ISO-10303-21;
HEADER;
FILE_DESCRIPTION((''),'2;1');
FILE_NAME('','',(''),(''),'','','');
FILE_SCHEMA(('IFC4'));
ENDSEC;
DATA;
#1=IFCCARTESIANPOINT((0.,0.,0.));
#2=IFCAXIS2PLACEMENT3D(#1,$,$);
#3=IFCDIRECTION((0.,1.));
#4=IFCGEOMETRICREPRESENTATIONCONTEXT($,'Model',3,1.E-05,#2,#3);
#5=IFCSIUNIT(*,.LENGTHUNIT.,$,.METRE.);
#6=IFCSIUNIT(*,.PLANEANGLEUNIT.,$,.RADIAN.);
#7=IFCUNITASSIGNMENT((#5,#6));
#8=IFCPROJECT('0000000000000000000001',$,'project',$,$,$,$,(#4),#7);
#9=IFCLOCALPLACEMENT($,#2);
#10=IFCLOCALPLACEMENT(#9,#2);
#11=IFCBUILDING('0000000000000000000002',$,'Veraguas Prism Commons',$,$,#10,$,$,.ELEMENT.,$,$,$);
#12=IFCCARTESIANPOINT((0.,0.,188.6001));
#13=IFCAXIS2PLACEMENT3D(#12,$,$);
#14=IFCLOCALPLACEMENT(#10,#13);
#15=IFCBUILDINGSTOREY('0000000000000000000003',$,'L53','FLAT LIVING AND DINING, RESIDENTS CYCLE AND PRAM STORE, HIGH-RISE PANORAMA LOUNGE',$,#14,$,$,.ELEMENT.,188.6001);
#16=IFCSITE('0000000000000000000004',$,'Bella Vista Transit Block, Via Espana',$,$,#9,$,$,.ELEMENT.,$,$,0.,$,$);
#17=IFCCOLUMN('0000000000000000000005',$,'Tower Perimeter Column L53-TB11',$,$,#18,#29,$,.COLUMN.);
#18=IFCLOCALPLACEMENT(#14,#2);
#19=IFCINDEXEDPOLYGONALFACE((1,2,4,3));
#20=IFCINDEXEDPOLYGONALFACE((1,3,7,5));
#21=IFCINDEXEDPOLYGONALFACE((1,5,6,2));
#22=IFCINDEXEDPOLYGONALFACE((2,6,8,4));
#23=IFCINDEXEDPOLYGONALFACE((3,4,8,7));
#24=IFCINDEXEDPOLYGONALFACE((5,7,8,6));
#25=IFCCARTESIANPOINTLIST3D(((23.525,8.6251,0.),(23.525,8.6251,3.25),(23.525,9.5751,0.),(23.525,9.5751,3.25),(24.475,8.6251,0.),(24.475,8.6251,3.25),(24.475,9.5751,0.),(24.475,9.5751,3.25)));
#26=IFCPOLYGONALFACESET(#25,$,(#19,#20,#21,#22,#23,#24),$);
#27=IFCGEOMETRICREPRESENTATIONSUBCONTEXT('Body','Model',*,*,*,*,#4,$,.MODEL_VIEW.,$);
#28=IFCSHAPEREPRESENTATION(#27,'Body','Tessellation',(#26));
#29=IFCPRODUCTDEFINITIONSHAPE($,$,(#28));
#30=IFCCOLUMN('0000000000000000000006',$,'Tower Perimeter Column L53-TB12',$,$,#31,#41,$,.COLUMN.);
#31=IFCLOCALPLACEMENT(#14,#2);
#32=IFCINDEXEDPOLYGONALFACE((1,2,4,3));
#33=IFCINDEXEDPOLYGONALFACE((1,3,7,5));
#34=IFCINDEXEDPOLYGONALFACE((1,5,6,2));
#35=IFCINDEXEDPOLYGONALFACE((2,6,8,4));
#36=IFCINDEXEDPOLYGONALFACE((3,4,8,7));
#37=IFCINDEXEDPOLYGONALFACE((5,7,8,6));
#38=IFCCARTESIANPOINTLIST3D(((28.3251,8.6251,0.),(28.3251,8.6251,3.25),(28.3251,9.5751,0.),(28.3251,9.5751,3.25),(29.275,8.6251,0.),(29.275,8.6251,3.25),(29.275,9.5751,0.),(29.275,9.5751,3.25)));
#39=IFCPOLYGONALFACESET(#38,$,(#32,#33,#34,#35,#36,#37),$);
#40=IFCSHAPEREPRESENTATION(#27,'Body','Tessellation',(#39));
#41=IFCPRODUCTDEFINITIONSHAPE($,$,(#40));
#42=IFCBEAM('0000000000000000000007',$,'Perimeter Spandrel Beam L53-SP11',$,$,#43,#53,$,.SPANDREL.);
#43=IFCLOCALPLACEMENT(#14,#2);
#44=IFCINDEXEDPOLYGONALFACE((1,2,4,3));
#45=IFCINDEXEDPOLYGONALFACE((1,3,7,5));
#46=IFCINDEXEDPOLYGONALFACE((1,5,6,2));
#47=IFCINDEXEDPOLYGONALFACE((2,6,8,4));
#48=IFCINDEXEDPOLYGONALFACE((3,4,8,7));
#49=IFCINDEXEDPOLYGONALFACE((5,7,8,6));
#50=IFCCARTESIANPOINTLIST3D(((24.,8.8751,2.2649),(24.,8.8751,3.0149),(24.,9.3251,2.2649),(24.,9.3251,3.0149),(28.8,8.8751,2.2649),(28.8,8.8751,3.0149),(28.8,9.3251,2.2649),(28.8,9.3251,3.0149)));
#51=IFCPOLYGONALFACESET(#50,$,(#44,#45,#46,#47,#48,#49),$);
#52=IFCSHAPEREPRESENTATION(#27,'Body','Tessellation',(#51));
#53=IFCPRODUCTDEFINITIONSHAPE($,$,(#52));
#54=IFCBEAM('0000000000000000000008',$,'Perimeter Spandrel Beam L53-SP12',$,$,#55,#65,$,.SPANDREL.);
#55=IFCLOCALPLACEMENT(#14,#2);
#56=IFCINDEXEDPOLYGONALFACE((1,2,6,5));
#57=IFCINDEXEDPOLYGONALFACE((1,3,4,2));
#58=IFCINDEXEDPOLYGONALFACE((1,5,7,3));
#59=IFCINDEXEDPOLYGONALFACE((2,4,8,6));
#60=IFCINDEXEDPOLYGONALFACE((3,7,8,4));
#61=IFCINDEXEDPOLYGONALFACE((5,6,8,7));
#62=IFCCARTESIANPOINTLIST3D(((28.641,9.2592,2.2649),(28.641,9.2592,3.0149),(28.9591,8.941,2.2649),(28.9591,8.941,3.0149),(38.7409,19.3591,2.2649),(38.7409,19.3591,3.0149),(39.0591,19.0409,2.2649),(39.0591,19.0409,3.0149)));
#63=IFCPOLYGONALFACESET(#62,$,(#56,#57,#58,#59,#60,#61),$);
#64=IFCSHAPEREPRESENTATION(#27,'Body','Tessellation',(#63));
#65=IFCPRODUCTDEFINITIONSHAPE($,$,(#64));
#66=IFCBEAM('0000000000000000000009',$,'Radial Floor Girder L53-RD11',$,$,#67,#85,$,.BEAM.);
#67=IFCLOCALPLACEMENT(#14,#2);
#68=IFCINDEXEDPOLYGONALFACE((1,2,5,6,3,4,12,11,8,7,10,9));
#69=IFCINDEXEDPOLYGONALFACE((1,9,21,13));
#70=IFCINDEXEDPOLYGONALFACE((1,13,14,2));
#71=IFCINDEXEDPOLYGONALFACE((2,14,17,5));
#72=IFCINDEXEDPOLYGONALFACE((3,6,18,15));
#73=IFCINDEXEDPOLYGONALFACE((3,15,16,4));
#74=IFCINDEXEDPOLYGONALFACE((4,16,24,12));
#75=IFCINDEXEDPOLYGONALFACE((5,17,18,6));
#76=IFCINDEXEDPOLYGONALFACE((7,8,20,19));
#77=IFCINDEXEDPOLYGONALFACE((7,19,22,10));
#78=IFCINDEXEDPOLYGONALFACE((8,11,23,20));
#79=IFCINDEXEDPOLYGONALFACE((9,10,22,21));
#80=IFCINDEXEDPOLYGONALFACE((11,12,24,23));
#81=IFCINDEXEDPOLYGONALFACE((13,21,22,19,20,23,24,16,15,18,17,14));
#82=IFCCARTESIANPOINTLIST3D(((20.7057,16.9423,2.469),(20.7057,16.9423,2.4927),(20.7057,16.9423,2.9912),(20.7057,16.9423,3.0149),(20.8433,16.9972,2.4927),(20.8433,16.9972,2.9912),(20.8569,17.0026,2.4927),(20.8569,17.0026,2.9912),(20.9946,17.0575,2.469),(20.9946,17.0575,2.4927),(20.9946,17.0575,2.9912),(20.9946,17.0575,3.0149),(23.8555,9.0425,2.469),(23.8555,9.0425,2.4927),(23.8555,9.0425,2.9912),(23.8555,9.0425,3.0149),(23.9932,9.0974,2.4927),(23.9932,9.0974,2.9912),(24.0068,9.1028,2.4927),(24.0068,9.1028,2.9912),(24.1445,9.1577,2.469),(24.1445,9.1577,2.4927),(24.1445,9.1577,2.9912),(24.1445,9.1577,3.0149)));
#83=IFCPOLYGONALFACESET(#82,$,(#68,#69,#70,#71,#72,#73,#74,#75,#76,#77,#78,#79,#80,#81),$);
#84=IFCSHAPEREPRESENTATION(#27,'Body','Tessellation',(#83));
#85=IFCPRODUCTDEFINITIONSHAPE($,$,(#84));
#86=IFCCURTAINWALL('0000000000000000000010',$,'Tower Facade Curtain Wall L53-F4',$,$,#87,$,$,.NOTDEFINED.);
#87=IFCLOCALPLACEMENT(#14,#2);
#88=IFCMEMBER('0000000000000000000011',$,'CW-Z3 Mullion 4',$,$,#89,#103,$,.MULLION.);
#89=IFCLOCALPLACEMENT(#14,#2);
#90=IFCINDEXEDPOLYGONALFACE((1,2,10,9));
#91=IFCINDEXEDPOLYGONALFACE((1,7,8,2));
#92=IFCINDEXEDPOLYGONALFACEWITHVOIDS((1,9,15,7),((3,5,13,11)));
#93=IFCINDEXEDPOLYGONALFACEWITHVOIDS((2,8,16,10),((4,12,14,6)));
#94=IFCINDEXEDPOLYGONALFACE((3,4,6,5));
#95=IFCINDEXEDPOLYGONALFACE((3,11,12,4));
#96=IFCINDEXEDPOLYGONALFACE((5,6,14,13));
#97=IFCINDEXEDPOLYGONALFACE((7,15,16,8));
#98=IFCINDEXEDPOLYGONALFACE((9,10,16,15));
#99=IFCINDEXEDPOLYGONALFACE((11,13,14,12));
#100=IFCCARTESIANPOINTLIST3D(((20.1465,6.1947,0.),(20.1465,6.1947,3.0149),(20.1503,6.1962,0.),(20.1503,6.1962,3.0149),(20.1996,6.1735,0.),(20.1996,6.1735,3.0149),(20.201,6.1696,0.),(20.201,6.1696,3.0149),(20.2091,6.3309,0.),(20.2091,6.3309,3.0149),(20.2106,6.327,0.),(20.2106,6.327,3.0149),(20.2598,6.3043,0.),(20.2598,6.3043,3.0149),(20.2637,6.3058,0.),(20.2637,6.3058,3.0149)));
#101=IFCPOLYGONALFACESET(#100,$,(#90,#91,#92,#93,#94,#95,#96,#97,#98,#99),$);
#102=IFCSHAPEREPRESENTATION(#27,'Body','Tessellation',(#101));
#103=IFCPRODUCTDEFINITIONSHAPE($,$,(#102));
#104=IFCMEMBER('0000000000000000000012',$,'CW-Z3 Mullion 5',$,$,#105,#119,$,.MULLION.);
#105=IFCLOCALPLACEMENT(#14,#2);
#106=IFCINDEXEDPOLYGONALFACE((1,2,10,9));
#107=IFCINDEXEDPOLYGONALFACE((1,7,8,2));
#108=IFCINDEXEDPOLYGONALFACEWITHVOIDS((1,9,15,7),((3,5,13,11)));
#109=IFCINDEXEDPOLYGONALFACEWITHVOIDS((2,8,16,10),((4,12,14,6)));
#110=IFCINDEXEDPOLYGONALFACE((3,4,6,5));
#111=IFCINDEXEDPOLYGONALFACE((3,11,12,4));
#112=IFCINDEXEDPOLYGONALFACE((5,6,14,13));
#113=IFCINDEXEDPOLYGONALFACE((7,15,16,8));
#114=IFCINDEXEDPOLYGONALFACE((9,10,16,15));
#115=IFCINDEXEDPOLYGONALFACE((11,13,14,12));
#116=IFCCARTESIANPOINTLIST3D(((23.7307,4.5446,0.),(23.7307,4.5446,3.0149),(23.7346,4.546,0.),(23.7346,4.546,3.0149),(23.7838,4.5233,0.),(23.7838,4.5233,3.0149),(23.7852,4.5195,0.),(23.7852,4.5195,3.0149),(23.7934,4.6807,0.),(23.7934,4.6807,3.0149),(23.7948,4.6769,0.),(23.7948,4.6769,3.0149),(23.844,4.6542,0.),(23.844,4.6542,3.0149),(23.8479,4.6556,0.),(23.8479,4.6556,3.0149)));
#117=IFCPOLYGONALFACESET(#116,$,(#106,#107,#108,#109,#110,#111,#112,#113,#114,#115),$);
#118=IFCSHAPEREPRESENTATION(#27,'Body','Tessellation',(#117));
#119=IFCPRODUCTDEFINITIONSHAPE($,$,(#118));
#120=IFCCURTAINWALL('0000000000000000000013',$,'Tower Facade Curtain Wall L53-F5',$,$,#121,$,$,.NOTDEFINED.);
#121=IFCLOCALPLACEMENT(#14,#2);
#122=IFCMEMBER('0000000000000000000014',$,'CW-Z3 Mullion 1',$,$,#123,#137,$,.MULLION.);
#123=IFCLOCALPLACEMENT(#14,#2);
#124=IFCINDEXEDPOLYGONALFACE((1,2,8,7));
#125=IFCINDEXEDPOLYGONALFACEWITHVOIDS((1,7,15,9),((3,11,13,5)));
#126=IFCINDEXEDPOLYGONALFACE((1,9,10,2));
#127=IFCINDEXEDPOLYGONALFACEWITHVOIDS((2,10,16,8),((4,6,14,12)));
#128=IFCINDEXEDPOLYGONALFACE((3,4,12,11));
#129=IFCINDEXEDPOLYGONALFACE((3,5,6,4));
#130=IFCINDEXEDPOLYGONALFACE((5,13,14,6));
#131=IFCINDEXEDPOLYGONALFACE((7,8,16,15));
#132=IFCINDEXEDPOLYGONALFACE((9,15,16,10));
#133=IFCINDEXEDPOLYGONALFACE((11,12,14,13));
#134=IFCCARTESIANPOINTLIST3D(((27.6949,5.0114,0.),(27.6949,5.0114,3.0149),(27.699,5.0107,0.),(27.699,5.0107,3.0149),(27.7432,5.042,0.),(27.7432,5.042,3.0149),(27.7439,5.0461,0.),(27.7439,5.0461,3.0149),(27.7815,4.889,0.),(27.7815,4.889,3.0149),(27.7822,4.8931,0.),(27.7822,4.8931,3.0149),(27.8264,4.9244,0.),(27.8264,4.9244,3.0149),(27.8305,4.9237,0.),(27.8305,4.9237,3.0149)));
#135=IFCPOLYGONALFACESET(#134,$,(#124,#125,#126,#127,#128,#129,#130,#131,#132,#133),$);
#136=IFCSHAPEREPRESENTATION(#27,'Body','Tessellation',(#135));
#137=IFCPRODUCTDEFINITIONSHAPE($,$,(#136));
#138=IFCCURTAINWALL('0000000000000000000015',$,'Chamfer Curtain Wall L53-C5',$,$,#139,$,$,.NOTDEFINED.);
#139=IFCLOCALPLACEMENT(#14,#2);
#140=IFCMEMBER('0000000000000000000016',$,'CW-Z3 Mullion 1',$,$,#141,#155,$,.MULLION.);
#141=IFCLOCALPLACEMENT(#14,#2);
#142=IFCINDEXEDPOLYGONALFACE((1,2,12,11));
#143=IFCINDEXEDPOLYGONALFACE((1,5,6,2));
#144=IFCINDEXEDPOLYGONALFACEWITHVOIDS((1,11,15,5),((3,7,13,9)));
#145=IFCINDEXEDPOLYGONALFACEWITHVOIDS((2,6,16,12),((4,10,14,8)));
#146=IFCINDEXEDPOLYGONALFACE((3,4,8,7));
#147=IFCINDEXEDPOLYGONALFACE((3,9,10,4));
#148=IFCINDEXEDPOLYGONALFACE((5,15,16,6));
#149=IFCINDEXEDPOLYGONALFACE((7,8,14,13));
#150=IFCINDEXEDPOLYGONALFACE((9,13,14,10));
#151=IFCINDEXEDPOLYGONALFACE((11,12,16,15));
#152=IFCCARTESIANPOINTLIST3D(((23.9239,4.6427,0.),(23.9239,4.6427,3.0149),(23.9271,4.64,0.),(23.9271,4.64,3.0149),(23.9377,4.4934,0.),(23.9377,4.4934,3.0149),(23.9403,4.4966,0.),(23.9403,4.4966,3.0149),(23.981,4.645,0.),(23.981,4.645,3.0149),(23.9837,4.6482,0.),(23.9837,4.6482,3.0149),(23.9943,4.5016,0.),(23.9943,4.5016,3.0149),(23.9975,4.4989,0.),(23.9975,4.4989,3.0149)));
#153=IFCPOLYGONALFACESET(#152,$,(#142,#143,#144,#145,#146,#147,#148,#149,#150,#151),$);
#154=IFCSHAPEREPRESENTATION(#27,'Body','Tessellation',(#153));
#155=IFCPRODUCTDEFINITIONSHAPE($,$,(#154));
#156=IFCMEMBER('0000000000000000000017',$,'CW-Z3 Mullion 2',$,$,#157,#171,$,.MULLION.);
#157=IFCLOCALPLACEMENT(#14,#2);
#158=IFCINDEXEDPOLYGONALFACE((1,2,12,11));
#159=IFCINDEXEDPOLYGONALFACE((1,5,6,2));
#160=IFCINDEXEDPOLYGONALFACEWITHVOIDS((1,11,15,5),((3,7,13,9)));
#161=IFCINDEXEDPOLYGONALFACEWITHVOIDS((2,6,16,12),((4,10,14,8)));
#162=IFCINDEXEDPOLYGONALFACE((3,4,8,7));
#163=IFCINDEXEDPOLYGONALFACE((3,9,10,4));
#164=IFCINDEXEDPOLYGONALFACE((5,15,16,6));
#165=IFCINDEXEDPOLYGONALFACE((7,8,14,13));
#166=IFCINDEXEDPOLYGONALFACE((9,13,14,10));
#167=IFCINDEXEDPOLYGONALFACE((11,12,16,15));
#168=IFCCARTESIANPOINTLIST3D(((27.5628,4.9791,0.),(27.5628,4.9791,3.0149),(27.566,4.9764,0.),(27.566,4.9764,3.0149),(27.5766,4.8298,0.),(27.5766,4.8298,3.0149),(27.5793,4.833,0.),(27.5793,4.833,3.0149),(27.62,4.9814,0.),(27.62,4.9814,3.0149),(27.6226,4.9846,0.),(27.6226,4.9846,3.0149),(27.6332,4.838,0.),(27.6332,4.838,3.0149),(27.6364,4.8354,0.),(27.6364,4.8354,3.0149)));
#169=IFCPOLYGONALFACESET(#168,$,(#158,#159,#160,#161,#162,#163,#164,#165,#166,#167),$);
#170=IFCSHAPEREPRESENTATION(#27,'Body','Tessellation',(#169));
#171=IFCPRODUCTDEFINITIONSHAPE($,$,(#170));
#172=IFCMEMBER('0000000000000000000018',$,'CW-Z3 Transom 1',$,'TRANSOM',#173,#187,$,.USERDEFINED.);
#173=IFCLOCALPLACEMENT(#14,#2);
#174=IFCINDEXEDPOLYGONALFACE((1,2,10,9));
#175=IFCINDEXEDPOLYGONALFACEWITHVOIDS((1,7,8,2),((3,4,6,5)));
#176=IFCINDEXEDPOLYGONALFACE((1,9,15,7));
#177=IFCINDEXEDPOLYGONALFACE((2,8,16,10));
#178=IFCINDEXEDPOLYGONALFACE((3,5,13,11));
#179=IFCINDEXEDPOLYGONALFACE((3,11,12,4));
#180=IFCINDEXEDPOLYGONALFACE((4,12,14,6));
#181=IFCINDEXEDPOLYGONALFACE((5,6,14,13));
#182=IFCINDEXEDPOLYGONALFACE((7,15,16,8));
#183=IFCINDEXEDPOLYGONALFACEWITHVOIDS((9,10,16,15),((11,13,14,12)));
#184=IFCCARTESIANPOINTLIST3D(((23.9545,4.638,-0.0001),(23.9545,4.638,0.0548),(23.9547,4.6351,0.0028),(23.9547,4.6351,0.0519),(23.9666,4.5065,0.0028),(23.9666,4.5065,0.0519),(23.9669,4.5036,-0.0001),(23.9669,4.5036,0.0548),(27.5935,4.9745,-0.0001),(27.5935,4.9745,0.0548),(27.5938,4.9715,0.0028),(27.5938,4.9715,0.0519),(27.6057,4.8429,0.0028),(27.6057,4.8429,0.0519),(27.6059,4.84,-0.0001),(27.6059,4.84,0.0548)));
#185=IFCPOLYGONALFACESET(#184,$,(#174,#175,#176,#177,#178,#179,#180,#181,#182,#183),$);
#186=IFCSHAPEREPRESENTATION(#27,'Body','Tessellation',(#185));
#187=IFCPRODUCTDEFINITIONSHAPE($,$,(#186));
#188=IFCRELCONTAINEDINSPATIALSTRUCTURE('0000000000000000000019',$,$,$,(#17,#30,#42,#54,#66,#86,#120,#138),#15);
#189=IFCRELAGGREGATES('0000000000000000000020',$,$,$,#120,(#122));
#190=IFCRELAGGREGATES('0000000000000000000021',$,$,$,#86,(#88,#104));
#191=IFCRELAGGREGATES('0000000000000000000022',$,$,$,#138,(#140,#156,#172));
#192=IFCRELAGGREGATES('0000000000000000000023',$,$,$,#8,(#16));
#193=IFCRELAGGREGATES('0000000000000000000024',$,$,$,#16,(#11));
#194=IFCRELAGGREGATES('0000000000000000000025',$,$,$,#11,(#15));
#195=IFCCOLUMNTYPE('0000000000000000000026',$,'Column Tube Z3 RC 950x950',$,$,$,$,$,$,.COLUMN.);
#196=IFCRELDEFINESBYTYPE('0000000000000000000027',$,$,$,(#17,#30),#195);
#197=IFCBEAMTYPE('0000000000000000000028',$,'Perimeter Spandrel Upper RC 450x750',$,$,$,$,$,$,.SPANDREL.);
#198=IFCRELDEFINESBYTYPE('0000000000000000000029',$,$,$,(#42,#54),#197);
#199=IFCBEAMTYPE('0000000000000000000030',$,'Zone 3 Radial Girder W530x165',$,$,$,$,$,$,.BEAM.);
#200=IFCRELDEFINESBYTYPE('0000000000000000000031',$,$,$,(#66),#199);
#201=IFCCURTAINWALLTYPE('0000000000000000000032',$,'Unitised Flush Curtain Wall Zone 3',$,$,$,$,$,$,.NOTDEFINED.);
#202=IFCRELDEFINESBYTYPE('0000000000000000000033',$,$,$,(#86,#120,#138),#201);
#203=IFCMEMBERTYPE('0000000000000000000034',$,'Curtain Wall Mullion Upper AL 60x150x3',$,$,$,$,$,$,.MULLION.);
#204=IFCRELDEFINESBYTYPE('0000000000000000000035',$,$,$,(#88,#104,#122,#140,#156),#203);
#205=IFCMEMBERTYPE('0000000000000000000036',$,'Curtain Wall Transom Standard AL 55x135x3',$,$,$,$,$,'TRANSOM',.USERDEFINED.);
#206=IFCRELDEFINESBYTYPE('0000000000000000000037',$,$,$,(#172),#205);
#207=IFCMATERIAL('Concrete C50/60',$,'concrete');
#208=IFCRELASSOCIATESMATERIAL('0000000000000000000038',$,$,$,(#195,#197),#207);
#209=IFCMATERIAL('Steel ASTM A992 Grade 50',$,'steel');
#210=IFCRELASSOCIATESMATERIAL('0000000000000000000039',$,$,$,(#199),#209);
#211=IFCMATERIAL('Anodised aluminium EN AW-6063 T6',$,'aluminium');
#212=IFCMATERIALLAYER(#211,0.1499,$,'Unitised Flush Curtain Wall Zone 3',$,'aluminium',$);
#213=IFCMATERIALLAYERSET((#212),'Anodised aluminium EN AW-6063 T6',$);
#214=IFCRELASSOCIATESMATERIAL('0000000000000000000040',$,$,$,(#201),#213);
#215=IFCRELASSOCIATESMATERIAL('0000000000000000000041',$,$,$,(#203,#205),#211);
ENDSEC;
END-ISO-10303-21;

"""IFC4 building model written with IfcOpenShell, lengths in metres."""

from ifc_helpers import new_model, si_unit, direction, frame, origin, origin_2d, place, context, subcontext, project, spatial, rectangle, hollow_rectangle, i_section, extrude, source, transform, mapped, material, layer, layer_set, material_profile, profile_set, type_object, element, aggregate, save


model = new_model("IFC4")

# Units and contexts
model_context = context("Model", 3, precision=1e-05, world=origin(), true_north=direction((0.0, 1.0)))
body_context = subcontext(model_context, "Body", "Model", "MODEL_VIEW")
ifc_project = project(units=[si_unit("LENGTHUNIT", "METRE"), si_unit("PLANEANGLEUNIT", "RADIAN")], contexts=[model_context])

# Site, building, storey
site_placement = place(None, origin())
site = spatial("IfcSite", under=ifc_project, at=site_placement, Name="Bella Vista Transit Block, Via Espana", CompositionType="ELEMENT", RefElevation=0.0)
building_placement = place(site_placement, origin())
building = spatial("IfcBuilding", under=site, at=building_placement, Name="Veraguas Prism Commons", CompositionType="ELEMENT")
storey_placement = place(building_placement, frame((0.0, 0.0, 188.6001)))
storey = spatial("IfcBuildingStorey", under=building, at=storey_placement, Name="L53", Description="FLAT LIVING AND DINING, RESIDENTS CYCLE AND PRAM STORE, HIGH-RISE PANORAMA LOUNGE", CompositionType="ELEMENT", Elevation=188.6001)

# Columns
ifc_material_1 = material(Name="Concrete C50/60", Category="concrete")
ifc_material_profile_1 = material_profile(ifc_material_1, rectangle(XDim=0.95, YDim=0.95, at=origin_2d()), Name="RC950X950")
ifc_profile_set_1 = profile_set([ifc_material_profile_1], Name="Concrete C50/60")
column_type = type_object("IfcColumnType", Name="Column Tube Z3 RC 950x950", PredefinedType="COLUMN", material=ifc_profile_set_1)
for number, where, z_axis, x_axis, name in (
    (1, (24.0, 9.1001, 0.0), (0.0, 0.0, 1.0), (1.0, 0.0, 0.0), "Tower Perimeter Column L53-TB11"),
    (2, (28.8, 9.1001, 0.0), (0.0, 0.0, 1.0), (1.0, 0.0, 0.0), "Tower Perimeter Column L53-TB12"),
):
    element("IfcColumn", number, at=place(storey_placement, frame(where, z_axis=z_axis, x_axis=x_axis)), inside=storey, type_object=column_type, Name=name, PredefinedType="COLUMN", context=body_context, shape_type="SweptSolid", body=[
        extrude(rectangle(XDim=0.95, YDim=0.95, at=origin_2d()), origin(), (0.0, 0.0, 1.0), 3.25),
    ])

# Beams
ifc_material_profile_2 = material_profile(ifc_material_1, rectangle(XDim=0.45, YDim=0.75, at=origin_2d()), Name="RC450X750")
ifc_profile_set_2 = profile_set([ifc_material_profile_2], Name="Concrete C50/60")
beam_type_1 = type_object("IfcBeamType", Name="Perimeter Spandrel Upper RC 450x750", PredefinedType="SPANDREL", material=ifc_profile_set_2)
beam_1_placement = place(storey_placement, frame((24.0, 9.1001, 2.6399), z_axis=(1.0, 0.0, 0.0), x_axis=(0.0, 1.0, 0.0)))
element("IfcBeam", 3, at=beam_1_placement, inside=storey, type_object=beam_type_1, Name="Perimeter Spandrel Beam L53-SP11", PredefinedType="SPANDREL", context=body_context, shape_type="SweptSolid", body=[
    extrude(rectangle(XDim=0.45, YDim=0.75, at=origin_2d()), origin(), (0.0, 0.0, 1.0), 4.8),
])
beam_2_placement = place(storey_placement, frame((28.8, 9.1001, 2.6399), z_axis=(0.707107, 0.707107, 0.0), x_axis=(-0.707107, 0.707107, 0.0)))
element("IfcBeam", 4, at=beam_2_placement, inside=storey, type_object=beam_type_1, Name="Perimeter Spandrel Beam L53-SP12", PredefinedType="SPANDREL", context=body_context, shape_type="SweptSolid", body=[
    extrude(rectangle(XDim=0.45, YDim=0.75, at=origin_2d()), origin(), (0.0, 0.0, 1.0), 14.2834),
])
ifc_material_2 = material(Name="Steel ASTM A992 Grade 50", Category="steel")
ifc_material_profile_3 = material_profile(ifc_material_2, i_section(OverallWidth=0.311, OverallDepth=0.5459, WebThickness=0.0146, FlangeThickness=0.0237, at=origin_2d()), Name="W530X165")
ifc_profile_set_3 = profile_set([ifc_material_profile_3], Name="Steel ASTM A992 Grade 50")
beam_type_2 = type_object("IfcBeamType", Name="Zone 3 Radial Girder W530x165", PredefinedType="BEAM", material=ifc_profile_set_3)
beam_3_placement = place(storey_placement, frame((24.0, 9.1001, 2.7419), z_axis=(-0.370371, 0.928884, 0.0), x_axis=(-0.928884, -0.370371, 0.0)))
element("IfcBeam", 5, at=beam_3_placement, inside=storey, type_object=beam_type_2, Name="Radial Floor Girder L53-RD11", PredefinedType="BEAM", context=body_context, shape_type="SweptSolid", body=[
    extrude(i_section(OverallWidth=0.311, OverallDepth=0.5459, WebThickness=0.0146, FlangeThickness=0.0237, at=origin_2d()), origin(), (0.0, 0.0, 1.0), 8.5046),
])

# Curtain wall, members
ifc_material_3 = material(Name="Anodised aluminium EN AW-6063 T6", Category="aluminium")
ifc_layer_1 = layer(ifc_material_3, 0.1499, Name="Unitised Flush Curtain Wall Zone 3", Category="aluminium")
ifc_layer_set_1 = layer_set([ifc_layer_1], Name="Anodised aluminium EN AW-6063 T6")
curtain_wall_type = type_object("IfcCurtainWallType", Name="Unitised Flush Curtain Wall Zone 3", PredefinedType="NOTDEFINED", material=ifc_layer_set_1)
curtain_wall_1_placement = place(storey_placement, origin())
curtain_wall_1 = element("IfcCurtainWall", 6, at=curtain_wall_1_placement, inside=storey, type_object=curtain_wall_type, Name="Tower Facade Curtain Wall L53-F4", PredefinedType="NOTDEFINED")
ifc_material_profile_4 = material_profile(ifc_material_3, hollow_rectangle(XDim=0.0601, YDim=0.1499, WallThickness=0.0029, at=origin_2d()), Name="AL60X150X3")
ifc_profile_set_4 = profile_set([ifc_material_profile_4], Name="Anodised aluminium EN AW-6063 T6")
member_type_1 = type_object("IfcMemberType", Name="Curtain Wall Mullion Upper AL 60x150x3", PredefinedType="MULLION", material=ifc_profile_set_4)
shared_shape_1 = source(origin(), body_context, "Body", "SweptSolid", [
    extrude(hollow_rectangle(XDim=0.0601, YDim=0.1499, WallThickness=0.0029, at=origin_2d()), origin(), (0.0, 0.0, 1.0), 3.0149),
])
member_1_placement = place(storey_placement, frame((20.2051, 6.2502, 0.0), z_axis=(0.0, 0.0, 1.0), x_axis=(0.908362, -0.418186, 0.0)))
member_1 = element("IfcMember", 7, at=member_1_placement, type_object=member_type_1, Name="CW-Z3 Mullion 4", PredefinedType="MULLION", context=body_context, shape_type="MappedRepresentation", body=[
    mapped(shared_shape_1, transform((0.0, 0.0, 0.0), scale=1.0)),
])
member_2_placement = place(storey_placement, frame((23.7893, 4.6001, 0.0), z_axis=(0.0, 0.0, 1.0), x_axis=(0.908362, -0.418186, 0.0)))
member_2 = element("IfcMember", 8, at=member_2_placement, type_object=member_type_1, Name="CW-Z3 Mullion 5", PredefinedType="MULLION", context=body_context, shape_type="MappedRepresentation", body=[
    mapped(shared_shape_1, transform((0.0, 0.0, 0.0), scale=1.0)),
])

# Curtain wall, member
curtain_wall_2_placement = place(storey_placement, origin())
curtain_wall_2 = element("IfcCurtainWall", 9, at=curtain_wall_2_placement, inside=storey, type_object=curtain_wall_type, Name="Tower Facade Curtain Wall L53-F5", PredefinedType="NOTDEFINED")
member_3_placement = place(storey_placement, frame((27.7627, 4.9675, 0.0), z_axis=(0.0, 0.0, 1.0), x_axis=(0.816341, 0.57757, 0.0)))
member_3 = element("IfcMember", 10, at=member_3_placement, type_object=member_type_1, Name="CW-Z3 Mullion 1", PredefinedType="MULLION", context=body_context, shape_type="MappedRepresentation", body=[
    mapped(shared_shape_1, transform((0.0, 0.0, 0.0), scale=1.0)),
])

# Curtain wall, members
curtain_wall_3_placement = place(storey_placement, origin())
curtain_wall_3 = element("IfcCurtainWall", 11, at=curtain_wall_3_placement, inside=storey, type_object=curtain_wall_type, Name="Chamfer Curtain Wall L53-C5", PredefinedType="NOTDEFINED")
member_4_placement = place(storey_placement, frame((23.9607, 4.5708, 0.0), z_axis=(0.0, 0.0, 1.0), x_axis=(0.995755, 0.092046, 0.0)))
member_4 = element("IfcMember", 12, at=member_4_placement, type_object=member_type_1, Name="CW-Z3 Mullion 1", PredefinedType="MULLION", context=body_context, shape_type="MappedRepresentation", body=[
    mapped(shared_shape_1, transform((0.0, 0.0, 0.0), scale=1.0)),
])
member_5_placement = place(storey_placement, frame((27.5996, 4.9072, 0.0), z_axis=(0.0, 0.0, 1.0), x_axis=(0.995755, 0.092046, 0.0)))
member_5 = element("IfcMember", 13, at=member_5_placement, type_object=member_type_1, Name="CW-Z3 Mullion 2", PredefinedType="MULLION", context=body_context, shape_type="MappedRepresentation", body=[
    mapped(shared_shape_1, transform((0.0, 0.0, 0.0), scale=1.0)),
])
ifc_material_profile_5 = material_profile(ifc_material_3, hollow_rectangle(XDim=0.0549, YDim=0.135, WallThickness=0.0029, at=origin_2d()), Name="AL55X135X3")
ifc_profile_set_5 = profile_set([ifc_material_profile_5], Name="Anodised aluminium EN AW-6063 T6")
member_type_2 = type_object("IfcMemberType", Name="Curtain Wall Transom Standard AL 55x135x3", ElementType="TRANSOM", PredefinedType="USERDEFINED", material=ifc_profile_set_5)
shared_shape_2 = source(origin(), body_context, "Body", "SweptSolid", [
    extrude(hollow_rectangle(XDim=0.0549, YDim=0.135, WallThickness=0.0029, at=origin_2d()), origin(), (0.0, 0.0, 1.0), 3.6545),
])
member_6_placement = place(storey_placement, frame((23.9607, 4.5708, 0.0273), z_axis=(0.995753, 0.09206, 0.0), x_axis=(0.0, 0.0, 1.0)))
member_6 = element("IfcMember", 14, at=member_6_placement, type_object=member_type_2, Name="CW-Z3 Transom 1", ObjectType="TRANSOM", PredefinedType="USERDEFINED", context=body_context, shape_type="MappedRepresentation", body=[
    mapped(shared_shape_2, transform((0.0, 0.0, 0.0), scale=1.0)),
])

aggregate(curtain_wall_2, [member_3])

aggregate(curtain_wall_1, [member_1, member_2])
aggregate(curtain_wall_3, [member_4, member_5, member_6])

save(model, "model.ifc")
